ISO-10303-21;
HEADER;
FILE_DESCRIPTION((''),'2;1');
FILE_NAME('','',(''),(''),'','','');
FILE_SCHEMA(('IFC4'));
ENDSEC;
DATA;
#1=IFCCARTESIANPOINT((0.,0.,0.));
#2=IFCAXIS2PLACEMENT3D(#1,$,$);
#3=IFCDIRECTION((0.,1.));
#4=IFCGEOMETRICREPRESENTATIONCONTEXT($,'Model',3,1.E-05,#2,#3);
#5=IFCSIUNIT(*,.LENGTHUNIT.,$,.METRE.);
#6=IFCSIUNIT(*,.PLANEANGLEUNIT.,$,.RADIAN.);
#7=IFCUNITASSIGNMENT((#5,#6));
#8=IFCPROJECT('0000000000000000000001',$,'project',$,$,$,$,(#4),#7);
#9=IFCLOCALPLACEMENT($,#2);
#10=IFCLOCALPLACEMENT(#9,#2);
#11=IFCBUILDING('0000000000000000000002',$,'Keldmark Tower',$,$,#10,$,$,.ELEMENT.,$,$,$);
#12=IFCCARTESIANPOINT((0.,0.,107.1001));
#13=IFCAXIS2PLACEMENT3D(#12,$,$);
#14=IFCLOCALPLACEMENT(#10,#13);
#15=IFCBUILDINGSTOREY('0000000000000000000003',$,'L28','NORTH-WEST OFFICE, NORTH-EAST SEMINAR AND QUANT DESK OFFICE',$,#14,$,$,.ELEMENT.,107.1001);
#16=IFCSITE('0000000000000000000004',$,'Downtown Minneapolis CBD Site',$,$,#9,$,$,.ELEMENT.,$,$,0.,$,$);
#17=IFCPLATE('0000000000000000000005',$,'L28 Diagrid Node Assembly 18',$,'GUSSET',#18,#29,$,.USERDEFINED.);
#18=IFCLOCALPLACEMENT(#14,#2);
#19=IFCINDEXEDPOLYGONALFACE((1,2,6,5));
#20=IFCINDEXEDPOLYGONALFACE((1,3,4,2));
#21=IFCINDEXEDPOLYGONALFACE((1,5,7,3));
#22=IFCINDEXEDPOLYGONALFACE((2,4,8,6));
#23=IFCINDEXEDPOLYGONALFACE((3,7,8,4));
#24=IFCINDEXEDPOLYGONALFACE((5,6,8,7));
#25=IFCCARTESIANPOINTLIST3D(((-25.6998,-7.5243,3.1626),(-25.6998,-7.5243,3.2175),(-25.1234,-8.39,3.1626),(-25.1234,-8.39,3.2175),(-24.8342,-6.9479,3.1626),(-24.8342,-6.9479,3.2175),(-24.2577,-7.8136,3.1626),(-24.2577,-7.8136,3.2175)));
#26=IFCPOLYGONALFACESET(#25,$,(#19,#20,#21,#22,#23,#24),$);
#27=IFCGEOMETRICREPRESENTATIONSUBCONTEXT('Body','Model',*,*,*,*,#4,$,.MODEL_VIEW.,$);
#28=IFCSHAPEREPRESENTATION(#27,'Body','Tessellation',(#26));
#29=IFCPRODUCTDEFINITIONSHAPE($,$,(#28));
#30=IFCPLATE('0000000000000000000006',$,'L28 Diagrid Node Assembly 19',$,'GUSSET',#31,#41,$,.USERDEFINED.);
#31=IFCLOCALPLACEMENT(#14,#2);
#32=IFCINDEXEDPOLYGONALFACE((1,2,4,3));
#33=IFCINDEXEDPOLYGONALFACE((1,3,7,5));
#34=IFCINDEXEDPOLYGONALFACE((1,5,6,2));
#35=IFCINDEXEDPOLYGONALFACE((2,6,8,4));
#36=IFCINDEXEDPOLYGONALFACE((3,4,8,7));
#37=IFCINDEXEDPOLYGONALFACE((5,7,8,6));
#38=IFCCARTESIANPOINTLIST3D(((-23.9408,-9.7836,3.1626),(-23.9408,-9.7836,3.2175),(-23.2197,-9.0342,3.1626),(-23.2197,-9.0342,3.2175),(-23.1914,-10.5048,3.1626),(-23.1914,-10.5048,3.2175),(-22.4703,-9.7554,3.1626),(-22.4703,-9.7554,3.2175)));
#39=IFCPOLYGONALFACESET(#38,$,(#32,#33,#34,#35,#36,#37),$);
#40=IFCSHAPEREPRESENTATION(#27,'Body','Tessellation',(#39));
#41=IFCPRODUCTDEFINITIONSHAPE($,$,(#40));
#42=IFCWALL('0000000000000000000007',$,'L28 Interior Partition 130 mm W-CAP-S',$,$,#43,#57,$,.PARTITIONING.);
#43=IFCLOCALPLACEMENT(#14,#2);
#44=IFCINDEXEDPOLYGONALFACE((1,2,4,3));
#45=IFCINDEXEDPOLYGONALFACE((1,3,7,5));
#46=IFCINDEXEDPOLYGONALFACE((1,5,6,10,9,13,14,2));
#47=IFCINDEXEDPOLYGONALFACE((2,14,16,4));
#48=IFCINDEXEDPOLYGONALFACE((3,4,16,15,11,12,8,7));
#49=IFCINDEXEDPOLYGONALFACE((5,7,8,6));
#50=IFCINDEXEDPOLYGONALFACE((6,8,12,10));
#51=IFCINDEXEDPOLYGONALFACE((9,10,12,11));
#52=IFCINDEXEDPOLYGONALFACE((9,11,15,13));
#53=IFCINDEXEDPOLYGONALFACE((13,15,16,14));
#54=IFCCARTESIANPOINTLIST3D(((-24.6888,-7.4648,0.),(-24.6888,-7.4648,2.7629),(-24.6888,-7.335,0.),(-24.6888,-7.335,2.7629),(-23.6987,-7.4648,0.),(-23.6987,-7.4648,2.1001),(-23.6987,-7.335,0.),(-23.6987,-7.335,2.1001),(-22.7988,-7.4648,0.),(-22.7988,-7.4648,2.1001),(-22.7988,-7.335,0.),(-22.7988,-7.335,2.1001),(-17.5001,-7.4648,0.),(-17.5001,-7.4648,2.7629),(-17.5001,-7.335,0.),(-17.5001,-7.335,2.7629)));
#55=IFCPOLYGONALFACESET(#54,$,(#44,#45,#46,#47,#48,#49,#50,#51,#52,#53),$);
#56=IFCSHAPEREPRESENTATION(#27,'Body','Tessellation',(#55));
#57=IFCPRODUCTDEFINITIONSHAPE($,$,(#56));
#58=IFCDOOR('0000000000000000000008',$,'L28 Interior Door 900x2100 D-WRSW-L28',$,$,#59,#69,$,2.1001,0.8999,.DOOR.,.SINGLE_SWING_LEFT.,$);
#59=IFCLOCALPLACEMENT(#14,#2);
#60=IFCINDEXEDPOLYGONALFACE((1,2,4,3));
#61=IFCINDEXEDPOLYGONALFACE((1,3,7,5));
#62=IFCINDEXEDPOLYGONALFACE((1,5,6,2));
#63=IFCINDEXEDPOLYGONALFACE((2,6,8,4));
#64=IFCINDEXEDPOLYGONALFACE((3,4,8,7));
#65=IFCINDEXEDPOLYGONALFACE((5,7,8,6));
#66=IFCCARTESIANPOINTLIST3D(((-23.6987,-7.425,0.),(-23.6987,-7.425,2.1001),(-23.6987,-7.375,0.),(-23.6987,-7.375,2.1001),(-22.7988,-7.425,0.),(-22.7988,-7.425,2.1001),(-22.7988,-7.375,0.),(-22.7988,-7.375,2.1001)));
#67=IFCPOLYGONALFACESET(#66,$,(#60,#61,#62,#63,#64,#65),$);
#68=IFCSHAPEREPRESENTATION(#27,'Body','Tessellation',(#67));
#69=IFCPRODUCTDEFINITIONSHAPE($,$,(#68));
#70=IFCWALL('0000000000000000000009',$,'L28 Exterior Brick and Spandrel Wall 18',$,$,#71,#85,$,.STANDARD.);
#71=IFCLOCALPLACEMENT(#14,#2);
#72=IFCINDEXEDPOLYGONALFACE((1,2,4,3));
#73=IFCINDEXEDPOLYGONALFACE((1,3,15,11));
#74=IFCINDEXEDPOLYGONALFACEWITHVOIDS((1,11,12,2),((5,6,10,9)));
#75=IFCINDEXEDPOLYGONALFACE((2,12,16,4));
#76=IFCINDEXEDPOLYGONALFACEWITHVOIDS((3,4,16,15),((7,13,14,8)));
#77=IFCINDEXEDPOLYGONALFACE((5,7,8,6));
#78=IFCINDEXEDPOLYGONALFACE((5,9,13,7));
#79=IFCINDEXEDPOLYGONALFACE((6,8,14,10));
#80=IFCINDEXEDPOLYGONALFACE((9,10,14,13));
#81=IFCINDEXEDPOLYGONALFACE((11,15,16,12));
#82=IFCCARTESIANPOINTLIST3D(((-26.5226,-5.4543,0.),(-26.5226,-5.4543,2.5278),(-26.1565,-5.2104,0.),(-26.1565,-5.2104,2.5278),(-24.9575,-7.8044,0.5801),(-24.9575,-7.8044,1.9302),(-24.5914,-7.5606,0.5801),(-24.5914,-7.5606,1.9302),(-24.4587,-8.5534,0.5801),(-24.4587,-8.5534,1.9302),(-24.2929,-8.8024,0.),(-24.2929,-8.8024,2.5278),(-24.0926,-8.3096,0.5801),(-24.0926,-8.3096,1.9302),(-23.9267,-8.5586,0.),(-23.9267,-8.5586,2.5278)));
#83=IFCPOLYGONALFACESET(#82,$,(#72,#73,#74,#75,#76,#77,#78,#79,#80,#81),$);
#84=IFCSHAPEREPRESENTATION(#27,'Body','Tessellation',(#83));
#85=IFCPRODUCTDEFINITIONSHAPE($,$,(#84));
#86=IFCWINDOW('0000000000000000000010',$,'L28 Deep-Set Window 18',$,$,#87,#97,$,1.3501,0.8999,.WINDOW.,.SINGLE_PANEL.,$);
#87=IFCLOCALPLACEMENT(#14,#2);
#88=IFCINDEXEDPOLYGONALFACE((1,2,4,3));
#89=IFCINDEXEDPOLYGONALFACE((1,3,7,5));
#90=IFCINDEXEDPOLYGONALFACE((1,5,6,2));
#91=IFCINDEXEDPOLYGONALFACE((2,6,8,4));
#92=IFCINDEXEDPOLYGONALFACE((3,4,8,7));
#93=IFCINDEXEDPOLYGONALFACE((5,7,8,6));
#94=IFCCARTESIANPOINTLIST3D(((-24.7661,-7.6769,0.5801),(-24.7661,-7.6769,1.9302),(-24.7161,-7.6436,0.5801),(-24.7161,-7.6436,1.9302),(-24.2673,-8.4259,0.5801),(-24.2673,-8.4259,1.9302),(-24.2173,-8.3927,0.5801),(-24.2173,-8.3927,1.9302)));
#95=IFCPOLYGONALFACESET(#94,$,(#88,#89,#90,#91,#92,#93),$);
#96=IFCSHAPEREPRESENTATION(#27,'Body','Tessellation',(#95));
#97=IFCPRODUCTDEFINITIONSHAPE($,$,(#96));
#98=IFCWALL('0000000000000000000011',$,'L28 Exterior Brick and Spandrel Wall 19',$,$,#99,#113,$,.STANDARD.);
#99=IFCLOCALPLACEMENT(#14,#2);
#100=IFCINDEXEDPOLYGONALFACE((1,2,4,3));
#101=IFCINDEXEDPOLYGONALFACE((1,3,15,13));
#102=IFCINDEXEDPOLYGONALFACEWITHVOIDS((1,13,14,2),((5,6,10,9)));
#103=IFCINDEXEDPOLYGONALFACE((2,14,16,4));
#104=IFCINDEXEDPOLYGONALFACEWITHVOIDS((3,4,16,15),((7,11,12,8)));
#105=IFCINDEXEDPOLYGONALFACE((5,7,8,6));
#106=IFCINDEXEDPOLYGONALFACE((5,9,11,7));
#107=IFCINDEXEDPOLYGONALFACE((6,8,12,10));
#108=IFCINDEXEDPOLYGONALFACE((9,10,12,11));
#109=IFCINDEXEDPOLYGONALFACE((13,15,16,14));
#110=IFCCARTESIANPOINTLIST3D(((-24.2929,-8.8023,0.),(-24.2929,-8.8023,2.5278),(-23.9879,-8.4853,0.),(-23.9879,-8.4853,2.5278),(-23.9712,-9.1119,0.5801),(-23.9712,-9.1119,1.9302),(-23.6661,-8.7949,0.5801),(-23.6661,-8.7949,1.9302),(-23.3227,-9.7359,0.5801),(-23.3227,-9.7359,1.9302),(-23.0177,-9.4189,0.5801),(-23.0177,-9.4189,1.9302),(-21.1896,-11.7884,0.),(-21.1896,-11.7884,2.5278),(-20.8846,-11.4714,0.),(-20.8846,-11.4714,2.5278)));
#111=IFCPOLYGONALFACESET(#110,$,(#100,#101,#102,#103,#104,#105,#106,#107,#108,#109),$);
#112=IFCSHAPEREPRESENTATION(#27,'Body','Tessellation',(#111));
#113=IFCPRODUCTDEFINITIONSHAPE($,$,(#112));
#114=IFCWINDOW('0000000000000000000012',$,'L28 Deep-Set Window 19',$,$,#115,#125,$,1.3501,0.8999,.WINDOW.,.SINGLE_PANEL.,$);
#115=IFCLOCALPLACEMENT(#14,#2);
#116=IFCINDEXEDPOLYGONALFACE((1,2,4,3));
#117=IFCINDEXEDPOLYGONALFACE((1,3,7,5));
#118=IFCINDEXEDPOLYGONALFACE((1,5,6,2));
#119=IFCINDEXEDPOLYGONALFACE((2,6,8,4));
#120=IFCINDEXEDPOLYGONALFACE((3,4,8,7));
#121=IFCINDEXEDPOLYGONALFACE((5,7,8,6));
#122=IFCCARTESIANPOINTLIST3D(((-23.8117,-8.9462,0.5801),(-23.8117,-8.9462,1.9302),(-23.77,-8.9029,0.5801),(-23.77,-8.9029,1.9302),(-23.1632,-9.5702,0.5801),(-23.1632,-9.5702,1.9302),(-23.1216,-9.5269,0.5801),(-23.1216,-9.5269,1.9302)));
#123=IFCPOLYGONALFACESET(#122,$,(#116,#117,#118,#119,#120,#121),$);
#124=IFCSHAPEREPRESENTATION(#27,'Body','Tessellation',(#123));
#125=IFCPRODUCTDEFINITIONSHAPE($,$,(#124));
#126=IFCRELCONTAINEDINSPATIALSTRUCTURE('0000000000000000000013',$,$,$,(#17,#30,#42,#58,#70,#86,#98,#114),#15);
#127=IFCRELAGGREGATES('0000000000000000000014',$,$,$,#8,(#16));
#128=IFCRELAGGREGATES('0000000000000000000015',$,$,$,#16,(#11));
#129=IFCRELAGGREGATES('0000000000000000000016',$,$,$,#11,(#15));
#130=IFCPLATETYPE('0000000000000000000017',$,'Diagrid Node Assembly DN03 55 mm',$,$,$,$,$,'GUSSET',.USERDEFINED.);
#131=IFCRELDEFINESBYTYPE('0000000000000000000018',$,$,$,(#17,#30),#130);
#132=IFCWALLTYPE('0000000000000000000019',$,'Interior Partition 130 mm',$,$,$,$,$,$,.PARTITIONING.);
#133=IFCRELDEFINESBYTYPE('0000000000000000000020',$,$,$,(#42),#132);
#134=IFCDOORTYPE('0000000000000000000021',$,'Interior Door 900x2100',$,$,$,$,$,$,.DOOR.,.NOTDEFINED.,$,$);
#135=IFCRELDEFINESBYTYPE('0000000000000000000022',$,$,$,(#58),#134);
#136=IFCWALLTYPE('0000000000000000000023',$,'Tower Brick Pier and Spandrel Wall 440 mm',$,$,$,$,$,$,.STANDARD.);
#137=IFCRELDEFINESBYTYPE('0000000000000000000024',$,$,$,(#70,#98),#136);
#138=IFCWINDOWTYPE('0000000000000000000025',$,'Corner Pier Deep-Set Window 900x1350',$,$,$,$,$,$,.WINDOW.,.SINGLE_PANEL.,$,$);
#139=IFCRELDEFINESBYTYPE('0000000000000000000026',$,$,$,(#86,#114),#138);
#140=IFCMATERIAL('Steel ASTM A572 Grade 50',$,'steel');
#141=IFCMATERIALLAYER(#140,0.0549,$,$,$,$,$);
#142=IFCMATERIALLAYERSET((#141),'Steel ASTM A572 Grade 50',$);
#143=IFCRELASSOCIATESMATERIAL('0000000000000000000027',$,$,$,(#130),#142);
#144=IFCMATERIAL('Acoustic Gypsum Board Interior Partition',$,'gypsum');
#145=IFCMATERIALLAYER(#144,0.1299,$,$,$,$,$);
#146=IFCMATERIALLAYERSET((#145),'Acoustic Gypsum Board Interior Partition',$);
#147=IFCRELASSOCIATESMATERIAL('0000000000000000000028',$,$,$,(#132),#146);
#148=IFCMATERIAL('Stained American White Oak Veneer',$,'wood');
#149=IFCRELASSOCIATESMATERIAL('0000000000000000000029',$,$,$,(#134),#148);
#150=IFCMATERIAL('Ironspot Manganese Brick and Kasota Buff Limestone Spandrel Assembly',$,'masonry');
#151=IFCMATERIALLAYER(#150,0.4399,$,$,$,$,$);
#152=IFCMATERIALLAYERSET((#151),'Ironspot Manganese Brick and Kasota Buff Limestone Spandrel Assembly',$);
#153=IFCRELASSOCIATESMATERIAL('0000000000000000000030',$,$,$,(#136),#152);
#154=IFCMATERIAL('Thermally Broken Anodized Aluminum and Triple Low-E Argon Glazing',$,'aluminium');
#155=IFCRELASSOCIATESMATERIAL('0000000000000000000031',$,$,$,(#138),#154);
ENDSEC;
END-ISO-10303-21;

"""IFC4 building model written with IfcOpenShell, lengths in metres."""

from ifc_helpers import new_model, si_unit, direction, frame, frame_2d, origin, origin_2d, place, context, subcontext, project, spatial, rectangle, extrude, material, layer, layer_set, type_object, element, fill, save


model = new_model("IFC4")

# Units and contexts
model_context = context("Model", 3, precision=1e-05, world=origin(), true_north=direction((0.0, 1.0)))
body_context = subcontext(model_context, "Body", "Model", "MODEL_VIEW")
ifc_project = project(units=[si_unit("LENGTHUNIT", "METRE"), si_unit("PLANEANGLEUNIT", "RADIAN")], contexts=[model_context])

# Site, building, storey
site_placement = place(None, origin())
site = spatial("IfcSite", under=ifc_project, at=site_placement, Name="Downtown Minneapolis CBD Site", CompositionType="ELEMENT", RefElevation=0.0)
building_placement = place(site_placement, origin())
building = spatial("IfcBuilding", under=site, at=building_placement, Name="Keldmark Tower", CompositionType="ELEMENT")
storey_placement = place(building_placement, frame((0.0, 0.0, 107.1001)))
storey = spatial("IfcBuildingStorey", under=building, at=storey_placement, Name="L28", Description="NORTH-WEST OFFICE, NORTH-EAST SEMINAR AND QUANT DESK OFFICE", CompositionType="ELEMENT", Elevation=107.1001)

# Plates
ifc_material_1 = material(Name="Steel ASTM A572 Grade 50", Category="steel")
ifc_layer_1 = layer(ifc_material_1, 0.0549)
ifc_layer_set_1 = layer_set([ifc_layer_1], Name="Steel ASTM A572 Grade 50")
plate_type = type_object("IfcPlateType", Name="Diagrid Node Assembly DN03 55 mm", ElementType="GUSSET", PredefinedType="USERDEFINED", material=ifc_layer_set_1)
for number, where, z_axis, x_axis, name in (
    (1, (-24.9788, -7.6689, 3.1626), (0.0, 0.0, 1.0), (0.554263, -0.832341, 0.0), "L28 Diagrid Node Assembly 18"),
    (2, (-23.2056, -9.7695, 3.1626), (0.0, 0.0, 1.0), (0.720551, -0.693402, 0.0), "L28 Diagrid Node Assembly 19"),
):
    element("IfcPlate", number, at=place(storey_placement, frame(where, z_axis=z_axis, x_axis=x_axis)), inside=storey, type_object=plate_type, Name=name, ObjectType="GUSSET", PredefinedType="USERDEFINED", context=body_context, shape_type="SweptSolid", body=[
        extrude(rectangle(XDim=1.04, YDim=1.04, at=origin_2d()), origin(), (0.0, 0.0, 1.0), 0.0549),
    ])

# Wall, opening, door
ifc_material_2 = material(Name="Acoustic Gypsum Board Interior Partition", Category="gypsum")
ifc_layer_2 = layer(ifc_material_2, 0.1299)
ifc_layer_set_2 = layer_set([ifc_layer_2], Name="Acoustic Gypsum Board Interior Partition")
wall_type_1 = type_object("IfcWallType", Name="Interior Partition 130 mm", PredefinedType="PARTITIONING", material=ifc_layer_set_2)
wall_1_placement = place(storey_placement, frame((-24.6887, -7.3999, 0.0), z_axis=(0.0, 0.0, 1.0), x_axis=(1.0, 0.0, 0.0)))
wall_1 = element("IfcWall", 3, at=wall_1_placement, inside=storey, type_object=wall_type_1, Name="L28 Interior Partition 130 mm W-CAP-S", PredefinedType="PARTITIONING", context=body_context, shape_type="SweptSolid", body=[
    extrude(rectangle(XDim=7.1887, YDim=0.1299, at=frame_2d((3.5942, 0.0))), origin(), (0.0, 0.0, 1.0), 2.7629),
])
opening_1_placement = place(wall_1_placement, frame((0.99, 0.0, 0.0)))
opening_1 = element("IfcOpeningElement", 4, at=opening_1_placement, cuts=wall_1, PredefinedType="OPENING", context=body_context, shape_type="SweptSolid", body=[
    extrude(rectangle(XDim=0.8999, YDim=2.1001, at=frame_2d((0.45, 1.05))), frame((0.0, 0.075, 0.0), z_axis=(0.0, -1.0, 0.0), x_axis=(1.0, 0.0, 0.0)), (0.0, 0.0, 1.0), 0.1499),
])
ifc_material_3 = material(Name="Stained American White Oak Veneer", Category="wood")
door_type = type_object("IfcDoorType", Name="Interior Door 900x2100", OperationType="NOTDEFINED", PredefinedType="DOOR", material=ifc_material_3)
door_placement = place(opening_1_placement, origin())
door = element("IfcDoor", 5, at=door_placement, inside=storey, type_object=door_type, Name="L28 Interior Door 900x2100 D-WRSW-L28", OperationType="SINGLE_SWING_LEFT", OverallHeight=2.1001, OverallWidth=0.8999, PredefinedType="DOOR", context=body_context, shape_type="SweptSolid", body=[
    extrude(rectangle(XDim=0.8999, YDim=2.1001, at=frame_2d((0.45, 1.05))), frame((0.0, 0.0249, 0.0), z_axis=(0.0, -1.0, 0.0), x_axis=(1.0, 0.0, 0.0)), (0.0, 0.0, 1.0), 0.05),
])
fill(opening_1, door)

# Walls, openings, windows
ifc_material_4 = material(Name="Ironspot Manganese Brick and Kasota Buff Limestone Spandrel Assembly", Category="masonry")
ifc_layer_3 = layer(ifc_material_4, 0.4399)
ifc_layer_set_3 = layer_set([ifc_layer_3], Name="Ironspot Manganese Brick and Kasota Buff Limestone Spandrel Assembly")
wall_type_2 = type_object("IfcWallType", Name="Tower Brick Pier and Spandrel Wall 440 mm", PredefinedType="STANDARD", material=ifc_layer_set_3)
wall_2_placement = place(storey_placement, frame((-24.1099, -8.6804, 0.0), z_axis=(0.0, 0.0, 1.0), x_axis=(-0.554294, 0.832321, 0.0)))
wall_2 = element("IfcWall", 6, at=wall_2_placement, inside=storey, type_object=wall_type_2, Name="L28 Exterior Brick and Spandrel Wall 18", PredefinedType="STANDARD", context=body_context, shape_type="SweptSolid", body=[
    extrude(rectangle(XDim=4.0227, YDim=0.4399, at=frame_2d((2.0112, 0.0))), origin(), (0.0, 0.0, 1.0), 2.5278),
])
opening_2_placement = place(wall_2_placement, frame((0.2991, 0.0, 0.5801)))
opening_2 = element("IfcOpeningElement", 7, at=opening_2_placement, cuts=wall_2, PredefinedType="OPENING", context=body_context, shape_type="SweptSolid", body=[
    extrude(rectangle(XDim=0.8999, YDim=1.3501, at=frame_2d((0.45, 0.675))), frame((0.0, 0.23, 0.0), z_axis=(0.0, -1.0, 0.0), x_axis=(1.0, 0.0, 0.0)), (0.0, 0.0, 1.0), 0.46),
])
ifc_material_5 = material(Name="Thermally Broken Anodized Aluminum and Triple Low-E Argon Glazing", Category="aluminium")
window_type = type_object("IfcWindowType", Name="Corner Pier Deep-Set Window 900x1350", PartitioningType="SINGLE_PANEL", PredefinedType="WINDOW", material=ifc_material_5)
window_1_placement = place(opening_2_placement, origin())
window_1 = element("IfcWindow", 8, at=window_1_placement, inside=storey, type_object=window_type, Name="L28 Deep-Set Window 18", OverallHeight=1.3501, OverallWidth=0.8999, PartitioningType="SINGLE_PANEL", PredefinedType="WINDOW", context=body_context, shape_type="SweptSolid", body=[
    extrude(rectangle(XDim=0.8999, YDim=1.3501, at=frame_2d((0.45, 0.675))), frame((0.0, -0.01, 0.0), z_axis=(0.0, -1.0, 0.0), x_axis=(1.0, 0.0, 0.0)), (0.0, 0.0, 1.0), 0.0601),
])
fill(opening_2, window_1)
wall_3_placement = place(storey_placement, frame((-21.0371, -11.6299, 0.0), z_axis=(0.0, 0.0, 1.0), x_axis=(-0.720581, 0.69337, 0.0)))
wall_3 = element("IfcWall", 9, at=wall_3_placement, inside=storey, type_object=wall_type_2, Name="L28 Exterior Brick and Spandrel Wall 19", PredefinedType="STANDARD", context=body_context, shape_type="SweptSolid", body=[
    extrude(rectangle(XDim=4.3066, YDim=0.4399, at=frame_2d((2.1533, 0.0))), origin(), (0.0, 0.0, 1.0), 2.5278),
])
opening_3_placement = place(wall_3_placement, frame((2.9602, 0.0, 0.5801)))
opening_3 = element("IfcOpeningElement", 10, at=opening_3_placement, cuts=wall_3, PredefinedType="OPENING", context=body_context, shape_type="SweptSolid", body=[
    extrude(rectangle(XDim=0.8999, YDim=1.3501, at=frame_2d((0.45, 0.675))), frame((0.0, 0.23, 0.0), z_axis=(0.0, -1.0, 0.0), x_axis=(1.0, 0.0, 0.0)), (0.0, 0.0, 1.0), 0.46),
])
window_2_placement = place(opening_3_placement, origin())
window_2 = element("IfcWindow", 11, at=window_2_placement, inside=storey, type_object=window_type, Name="L28 Deep-Set Window 19", OverallHeight=1.3501, OverallWidth=0.8999, PartitioningType="SINGLE_PANEL", PredefinedType="WINDOW", context=body_context, shape_type="SweptSolid", body=[
    extrude(rectangle(XDim=0.8999, YDim=1.3501, at=frame_2d((0.45, 0.675))), frame((0.0, -0.01, 0.0), z_axis=(0.0, -1.0, 0.0), x_axis=(1.0, 0.0, 0.0)), (0.0, 0.0, 1.0), 0.0601),
])
fill(opening_3, window_2)

save(model, "model.ifc")
